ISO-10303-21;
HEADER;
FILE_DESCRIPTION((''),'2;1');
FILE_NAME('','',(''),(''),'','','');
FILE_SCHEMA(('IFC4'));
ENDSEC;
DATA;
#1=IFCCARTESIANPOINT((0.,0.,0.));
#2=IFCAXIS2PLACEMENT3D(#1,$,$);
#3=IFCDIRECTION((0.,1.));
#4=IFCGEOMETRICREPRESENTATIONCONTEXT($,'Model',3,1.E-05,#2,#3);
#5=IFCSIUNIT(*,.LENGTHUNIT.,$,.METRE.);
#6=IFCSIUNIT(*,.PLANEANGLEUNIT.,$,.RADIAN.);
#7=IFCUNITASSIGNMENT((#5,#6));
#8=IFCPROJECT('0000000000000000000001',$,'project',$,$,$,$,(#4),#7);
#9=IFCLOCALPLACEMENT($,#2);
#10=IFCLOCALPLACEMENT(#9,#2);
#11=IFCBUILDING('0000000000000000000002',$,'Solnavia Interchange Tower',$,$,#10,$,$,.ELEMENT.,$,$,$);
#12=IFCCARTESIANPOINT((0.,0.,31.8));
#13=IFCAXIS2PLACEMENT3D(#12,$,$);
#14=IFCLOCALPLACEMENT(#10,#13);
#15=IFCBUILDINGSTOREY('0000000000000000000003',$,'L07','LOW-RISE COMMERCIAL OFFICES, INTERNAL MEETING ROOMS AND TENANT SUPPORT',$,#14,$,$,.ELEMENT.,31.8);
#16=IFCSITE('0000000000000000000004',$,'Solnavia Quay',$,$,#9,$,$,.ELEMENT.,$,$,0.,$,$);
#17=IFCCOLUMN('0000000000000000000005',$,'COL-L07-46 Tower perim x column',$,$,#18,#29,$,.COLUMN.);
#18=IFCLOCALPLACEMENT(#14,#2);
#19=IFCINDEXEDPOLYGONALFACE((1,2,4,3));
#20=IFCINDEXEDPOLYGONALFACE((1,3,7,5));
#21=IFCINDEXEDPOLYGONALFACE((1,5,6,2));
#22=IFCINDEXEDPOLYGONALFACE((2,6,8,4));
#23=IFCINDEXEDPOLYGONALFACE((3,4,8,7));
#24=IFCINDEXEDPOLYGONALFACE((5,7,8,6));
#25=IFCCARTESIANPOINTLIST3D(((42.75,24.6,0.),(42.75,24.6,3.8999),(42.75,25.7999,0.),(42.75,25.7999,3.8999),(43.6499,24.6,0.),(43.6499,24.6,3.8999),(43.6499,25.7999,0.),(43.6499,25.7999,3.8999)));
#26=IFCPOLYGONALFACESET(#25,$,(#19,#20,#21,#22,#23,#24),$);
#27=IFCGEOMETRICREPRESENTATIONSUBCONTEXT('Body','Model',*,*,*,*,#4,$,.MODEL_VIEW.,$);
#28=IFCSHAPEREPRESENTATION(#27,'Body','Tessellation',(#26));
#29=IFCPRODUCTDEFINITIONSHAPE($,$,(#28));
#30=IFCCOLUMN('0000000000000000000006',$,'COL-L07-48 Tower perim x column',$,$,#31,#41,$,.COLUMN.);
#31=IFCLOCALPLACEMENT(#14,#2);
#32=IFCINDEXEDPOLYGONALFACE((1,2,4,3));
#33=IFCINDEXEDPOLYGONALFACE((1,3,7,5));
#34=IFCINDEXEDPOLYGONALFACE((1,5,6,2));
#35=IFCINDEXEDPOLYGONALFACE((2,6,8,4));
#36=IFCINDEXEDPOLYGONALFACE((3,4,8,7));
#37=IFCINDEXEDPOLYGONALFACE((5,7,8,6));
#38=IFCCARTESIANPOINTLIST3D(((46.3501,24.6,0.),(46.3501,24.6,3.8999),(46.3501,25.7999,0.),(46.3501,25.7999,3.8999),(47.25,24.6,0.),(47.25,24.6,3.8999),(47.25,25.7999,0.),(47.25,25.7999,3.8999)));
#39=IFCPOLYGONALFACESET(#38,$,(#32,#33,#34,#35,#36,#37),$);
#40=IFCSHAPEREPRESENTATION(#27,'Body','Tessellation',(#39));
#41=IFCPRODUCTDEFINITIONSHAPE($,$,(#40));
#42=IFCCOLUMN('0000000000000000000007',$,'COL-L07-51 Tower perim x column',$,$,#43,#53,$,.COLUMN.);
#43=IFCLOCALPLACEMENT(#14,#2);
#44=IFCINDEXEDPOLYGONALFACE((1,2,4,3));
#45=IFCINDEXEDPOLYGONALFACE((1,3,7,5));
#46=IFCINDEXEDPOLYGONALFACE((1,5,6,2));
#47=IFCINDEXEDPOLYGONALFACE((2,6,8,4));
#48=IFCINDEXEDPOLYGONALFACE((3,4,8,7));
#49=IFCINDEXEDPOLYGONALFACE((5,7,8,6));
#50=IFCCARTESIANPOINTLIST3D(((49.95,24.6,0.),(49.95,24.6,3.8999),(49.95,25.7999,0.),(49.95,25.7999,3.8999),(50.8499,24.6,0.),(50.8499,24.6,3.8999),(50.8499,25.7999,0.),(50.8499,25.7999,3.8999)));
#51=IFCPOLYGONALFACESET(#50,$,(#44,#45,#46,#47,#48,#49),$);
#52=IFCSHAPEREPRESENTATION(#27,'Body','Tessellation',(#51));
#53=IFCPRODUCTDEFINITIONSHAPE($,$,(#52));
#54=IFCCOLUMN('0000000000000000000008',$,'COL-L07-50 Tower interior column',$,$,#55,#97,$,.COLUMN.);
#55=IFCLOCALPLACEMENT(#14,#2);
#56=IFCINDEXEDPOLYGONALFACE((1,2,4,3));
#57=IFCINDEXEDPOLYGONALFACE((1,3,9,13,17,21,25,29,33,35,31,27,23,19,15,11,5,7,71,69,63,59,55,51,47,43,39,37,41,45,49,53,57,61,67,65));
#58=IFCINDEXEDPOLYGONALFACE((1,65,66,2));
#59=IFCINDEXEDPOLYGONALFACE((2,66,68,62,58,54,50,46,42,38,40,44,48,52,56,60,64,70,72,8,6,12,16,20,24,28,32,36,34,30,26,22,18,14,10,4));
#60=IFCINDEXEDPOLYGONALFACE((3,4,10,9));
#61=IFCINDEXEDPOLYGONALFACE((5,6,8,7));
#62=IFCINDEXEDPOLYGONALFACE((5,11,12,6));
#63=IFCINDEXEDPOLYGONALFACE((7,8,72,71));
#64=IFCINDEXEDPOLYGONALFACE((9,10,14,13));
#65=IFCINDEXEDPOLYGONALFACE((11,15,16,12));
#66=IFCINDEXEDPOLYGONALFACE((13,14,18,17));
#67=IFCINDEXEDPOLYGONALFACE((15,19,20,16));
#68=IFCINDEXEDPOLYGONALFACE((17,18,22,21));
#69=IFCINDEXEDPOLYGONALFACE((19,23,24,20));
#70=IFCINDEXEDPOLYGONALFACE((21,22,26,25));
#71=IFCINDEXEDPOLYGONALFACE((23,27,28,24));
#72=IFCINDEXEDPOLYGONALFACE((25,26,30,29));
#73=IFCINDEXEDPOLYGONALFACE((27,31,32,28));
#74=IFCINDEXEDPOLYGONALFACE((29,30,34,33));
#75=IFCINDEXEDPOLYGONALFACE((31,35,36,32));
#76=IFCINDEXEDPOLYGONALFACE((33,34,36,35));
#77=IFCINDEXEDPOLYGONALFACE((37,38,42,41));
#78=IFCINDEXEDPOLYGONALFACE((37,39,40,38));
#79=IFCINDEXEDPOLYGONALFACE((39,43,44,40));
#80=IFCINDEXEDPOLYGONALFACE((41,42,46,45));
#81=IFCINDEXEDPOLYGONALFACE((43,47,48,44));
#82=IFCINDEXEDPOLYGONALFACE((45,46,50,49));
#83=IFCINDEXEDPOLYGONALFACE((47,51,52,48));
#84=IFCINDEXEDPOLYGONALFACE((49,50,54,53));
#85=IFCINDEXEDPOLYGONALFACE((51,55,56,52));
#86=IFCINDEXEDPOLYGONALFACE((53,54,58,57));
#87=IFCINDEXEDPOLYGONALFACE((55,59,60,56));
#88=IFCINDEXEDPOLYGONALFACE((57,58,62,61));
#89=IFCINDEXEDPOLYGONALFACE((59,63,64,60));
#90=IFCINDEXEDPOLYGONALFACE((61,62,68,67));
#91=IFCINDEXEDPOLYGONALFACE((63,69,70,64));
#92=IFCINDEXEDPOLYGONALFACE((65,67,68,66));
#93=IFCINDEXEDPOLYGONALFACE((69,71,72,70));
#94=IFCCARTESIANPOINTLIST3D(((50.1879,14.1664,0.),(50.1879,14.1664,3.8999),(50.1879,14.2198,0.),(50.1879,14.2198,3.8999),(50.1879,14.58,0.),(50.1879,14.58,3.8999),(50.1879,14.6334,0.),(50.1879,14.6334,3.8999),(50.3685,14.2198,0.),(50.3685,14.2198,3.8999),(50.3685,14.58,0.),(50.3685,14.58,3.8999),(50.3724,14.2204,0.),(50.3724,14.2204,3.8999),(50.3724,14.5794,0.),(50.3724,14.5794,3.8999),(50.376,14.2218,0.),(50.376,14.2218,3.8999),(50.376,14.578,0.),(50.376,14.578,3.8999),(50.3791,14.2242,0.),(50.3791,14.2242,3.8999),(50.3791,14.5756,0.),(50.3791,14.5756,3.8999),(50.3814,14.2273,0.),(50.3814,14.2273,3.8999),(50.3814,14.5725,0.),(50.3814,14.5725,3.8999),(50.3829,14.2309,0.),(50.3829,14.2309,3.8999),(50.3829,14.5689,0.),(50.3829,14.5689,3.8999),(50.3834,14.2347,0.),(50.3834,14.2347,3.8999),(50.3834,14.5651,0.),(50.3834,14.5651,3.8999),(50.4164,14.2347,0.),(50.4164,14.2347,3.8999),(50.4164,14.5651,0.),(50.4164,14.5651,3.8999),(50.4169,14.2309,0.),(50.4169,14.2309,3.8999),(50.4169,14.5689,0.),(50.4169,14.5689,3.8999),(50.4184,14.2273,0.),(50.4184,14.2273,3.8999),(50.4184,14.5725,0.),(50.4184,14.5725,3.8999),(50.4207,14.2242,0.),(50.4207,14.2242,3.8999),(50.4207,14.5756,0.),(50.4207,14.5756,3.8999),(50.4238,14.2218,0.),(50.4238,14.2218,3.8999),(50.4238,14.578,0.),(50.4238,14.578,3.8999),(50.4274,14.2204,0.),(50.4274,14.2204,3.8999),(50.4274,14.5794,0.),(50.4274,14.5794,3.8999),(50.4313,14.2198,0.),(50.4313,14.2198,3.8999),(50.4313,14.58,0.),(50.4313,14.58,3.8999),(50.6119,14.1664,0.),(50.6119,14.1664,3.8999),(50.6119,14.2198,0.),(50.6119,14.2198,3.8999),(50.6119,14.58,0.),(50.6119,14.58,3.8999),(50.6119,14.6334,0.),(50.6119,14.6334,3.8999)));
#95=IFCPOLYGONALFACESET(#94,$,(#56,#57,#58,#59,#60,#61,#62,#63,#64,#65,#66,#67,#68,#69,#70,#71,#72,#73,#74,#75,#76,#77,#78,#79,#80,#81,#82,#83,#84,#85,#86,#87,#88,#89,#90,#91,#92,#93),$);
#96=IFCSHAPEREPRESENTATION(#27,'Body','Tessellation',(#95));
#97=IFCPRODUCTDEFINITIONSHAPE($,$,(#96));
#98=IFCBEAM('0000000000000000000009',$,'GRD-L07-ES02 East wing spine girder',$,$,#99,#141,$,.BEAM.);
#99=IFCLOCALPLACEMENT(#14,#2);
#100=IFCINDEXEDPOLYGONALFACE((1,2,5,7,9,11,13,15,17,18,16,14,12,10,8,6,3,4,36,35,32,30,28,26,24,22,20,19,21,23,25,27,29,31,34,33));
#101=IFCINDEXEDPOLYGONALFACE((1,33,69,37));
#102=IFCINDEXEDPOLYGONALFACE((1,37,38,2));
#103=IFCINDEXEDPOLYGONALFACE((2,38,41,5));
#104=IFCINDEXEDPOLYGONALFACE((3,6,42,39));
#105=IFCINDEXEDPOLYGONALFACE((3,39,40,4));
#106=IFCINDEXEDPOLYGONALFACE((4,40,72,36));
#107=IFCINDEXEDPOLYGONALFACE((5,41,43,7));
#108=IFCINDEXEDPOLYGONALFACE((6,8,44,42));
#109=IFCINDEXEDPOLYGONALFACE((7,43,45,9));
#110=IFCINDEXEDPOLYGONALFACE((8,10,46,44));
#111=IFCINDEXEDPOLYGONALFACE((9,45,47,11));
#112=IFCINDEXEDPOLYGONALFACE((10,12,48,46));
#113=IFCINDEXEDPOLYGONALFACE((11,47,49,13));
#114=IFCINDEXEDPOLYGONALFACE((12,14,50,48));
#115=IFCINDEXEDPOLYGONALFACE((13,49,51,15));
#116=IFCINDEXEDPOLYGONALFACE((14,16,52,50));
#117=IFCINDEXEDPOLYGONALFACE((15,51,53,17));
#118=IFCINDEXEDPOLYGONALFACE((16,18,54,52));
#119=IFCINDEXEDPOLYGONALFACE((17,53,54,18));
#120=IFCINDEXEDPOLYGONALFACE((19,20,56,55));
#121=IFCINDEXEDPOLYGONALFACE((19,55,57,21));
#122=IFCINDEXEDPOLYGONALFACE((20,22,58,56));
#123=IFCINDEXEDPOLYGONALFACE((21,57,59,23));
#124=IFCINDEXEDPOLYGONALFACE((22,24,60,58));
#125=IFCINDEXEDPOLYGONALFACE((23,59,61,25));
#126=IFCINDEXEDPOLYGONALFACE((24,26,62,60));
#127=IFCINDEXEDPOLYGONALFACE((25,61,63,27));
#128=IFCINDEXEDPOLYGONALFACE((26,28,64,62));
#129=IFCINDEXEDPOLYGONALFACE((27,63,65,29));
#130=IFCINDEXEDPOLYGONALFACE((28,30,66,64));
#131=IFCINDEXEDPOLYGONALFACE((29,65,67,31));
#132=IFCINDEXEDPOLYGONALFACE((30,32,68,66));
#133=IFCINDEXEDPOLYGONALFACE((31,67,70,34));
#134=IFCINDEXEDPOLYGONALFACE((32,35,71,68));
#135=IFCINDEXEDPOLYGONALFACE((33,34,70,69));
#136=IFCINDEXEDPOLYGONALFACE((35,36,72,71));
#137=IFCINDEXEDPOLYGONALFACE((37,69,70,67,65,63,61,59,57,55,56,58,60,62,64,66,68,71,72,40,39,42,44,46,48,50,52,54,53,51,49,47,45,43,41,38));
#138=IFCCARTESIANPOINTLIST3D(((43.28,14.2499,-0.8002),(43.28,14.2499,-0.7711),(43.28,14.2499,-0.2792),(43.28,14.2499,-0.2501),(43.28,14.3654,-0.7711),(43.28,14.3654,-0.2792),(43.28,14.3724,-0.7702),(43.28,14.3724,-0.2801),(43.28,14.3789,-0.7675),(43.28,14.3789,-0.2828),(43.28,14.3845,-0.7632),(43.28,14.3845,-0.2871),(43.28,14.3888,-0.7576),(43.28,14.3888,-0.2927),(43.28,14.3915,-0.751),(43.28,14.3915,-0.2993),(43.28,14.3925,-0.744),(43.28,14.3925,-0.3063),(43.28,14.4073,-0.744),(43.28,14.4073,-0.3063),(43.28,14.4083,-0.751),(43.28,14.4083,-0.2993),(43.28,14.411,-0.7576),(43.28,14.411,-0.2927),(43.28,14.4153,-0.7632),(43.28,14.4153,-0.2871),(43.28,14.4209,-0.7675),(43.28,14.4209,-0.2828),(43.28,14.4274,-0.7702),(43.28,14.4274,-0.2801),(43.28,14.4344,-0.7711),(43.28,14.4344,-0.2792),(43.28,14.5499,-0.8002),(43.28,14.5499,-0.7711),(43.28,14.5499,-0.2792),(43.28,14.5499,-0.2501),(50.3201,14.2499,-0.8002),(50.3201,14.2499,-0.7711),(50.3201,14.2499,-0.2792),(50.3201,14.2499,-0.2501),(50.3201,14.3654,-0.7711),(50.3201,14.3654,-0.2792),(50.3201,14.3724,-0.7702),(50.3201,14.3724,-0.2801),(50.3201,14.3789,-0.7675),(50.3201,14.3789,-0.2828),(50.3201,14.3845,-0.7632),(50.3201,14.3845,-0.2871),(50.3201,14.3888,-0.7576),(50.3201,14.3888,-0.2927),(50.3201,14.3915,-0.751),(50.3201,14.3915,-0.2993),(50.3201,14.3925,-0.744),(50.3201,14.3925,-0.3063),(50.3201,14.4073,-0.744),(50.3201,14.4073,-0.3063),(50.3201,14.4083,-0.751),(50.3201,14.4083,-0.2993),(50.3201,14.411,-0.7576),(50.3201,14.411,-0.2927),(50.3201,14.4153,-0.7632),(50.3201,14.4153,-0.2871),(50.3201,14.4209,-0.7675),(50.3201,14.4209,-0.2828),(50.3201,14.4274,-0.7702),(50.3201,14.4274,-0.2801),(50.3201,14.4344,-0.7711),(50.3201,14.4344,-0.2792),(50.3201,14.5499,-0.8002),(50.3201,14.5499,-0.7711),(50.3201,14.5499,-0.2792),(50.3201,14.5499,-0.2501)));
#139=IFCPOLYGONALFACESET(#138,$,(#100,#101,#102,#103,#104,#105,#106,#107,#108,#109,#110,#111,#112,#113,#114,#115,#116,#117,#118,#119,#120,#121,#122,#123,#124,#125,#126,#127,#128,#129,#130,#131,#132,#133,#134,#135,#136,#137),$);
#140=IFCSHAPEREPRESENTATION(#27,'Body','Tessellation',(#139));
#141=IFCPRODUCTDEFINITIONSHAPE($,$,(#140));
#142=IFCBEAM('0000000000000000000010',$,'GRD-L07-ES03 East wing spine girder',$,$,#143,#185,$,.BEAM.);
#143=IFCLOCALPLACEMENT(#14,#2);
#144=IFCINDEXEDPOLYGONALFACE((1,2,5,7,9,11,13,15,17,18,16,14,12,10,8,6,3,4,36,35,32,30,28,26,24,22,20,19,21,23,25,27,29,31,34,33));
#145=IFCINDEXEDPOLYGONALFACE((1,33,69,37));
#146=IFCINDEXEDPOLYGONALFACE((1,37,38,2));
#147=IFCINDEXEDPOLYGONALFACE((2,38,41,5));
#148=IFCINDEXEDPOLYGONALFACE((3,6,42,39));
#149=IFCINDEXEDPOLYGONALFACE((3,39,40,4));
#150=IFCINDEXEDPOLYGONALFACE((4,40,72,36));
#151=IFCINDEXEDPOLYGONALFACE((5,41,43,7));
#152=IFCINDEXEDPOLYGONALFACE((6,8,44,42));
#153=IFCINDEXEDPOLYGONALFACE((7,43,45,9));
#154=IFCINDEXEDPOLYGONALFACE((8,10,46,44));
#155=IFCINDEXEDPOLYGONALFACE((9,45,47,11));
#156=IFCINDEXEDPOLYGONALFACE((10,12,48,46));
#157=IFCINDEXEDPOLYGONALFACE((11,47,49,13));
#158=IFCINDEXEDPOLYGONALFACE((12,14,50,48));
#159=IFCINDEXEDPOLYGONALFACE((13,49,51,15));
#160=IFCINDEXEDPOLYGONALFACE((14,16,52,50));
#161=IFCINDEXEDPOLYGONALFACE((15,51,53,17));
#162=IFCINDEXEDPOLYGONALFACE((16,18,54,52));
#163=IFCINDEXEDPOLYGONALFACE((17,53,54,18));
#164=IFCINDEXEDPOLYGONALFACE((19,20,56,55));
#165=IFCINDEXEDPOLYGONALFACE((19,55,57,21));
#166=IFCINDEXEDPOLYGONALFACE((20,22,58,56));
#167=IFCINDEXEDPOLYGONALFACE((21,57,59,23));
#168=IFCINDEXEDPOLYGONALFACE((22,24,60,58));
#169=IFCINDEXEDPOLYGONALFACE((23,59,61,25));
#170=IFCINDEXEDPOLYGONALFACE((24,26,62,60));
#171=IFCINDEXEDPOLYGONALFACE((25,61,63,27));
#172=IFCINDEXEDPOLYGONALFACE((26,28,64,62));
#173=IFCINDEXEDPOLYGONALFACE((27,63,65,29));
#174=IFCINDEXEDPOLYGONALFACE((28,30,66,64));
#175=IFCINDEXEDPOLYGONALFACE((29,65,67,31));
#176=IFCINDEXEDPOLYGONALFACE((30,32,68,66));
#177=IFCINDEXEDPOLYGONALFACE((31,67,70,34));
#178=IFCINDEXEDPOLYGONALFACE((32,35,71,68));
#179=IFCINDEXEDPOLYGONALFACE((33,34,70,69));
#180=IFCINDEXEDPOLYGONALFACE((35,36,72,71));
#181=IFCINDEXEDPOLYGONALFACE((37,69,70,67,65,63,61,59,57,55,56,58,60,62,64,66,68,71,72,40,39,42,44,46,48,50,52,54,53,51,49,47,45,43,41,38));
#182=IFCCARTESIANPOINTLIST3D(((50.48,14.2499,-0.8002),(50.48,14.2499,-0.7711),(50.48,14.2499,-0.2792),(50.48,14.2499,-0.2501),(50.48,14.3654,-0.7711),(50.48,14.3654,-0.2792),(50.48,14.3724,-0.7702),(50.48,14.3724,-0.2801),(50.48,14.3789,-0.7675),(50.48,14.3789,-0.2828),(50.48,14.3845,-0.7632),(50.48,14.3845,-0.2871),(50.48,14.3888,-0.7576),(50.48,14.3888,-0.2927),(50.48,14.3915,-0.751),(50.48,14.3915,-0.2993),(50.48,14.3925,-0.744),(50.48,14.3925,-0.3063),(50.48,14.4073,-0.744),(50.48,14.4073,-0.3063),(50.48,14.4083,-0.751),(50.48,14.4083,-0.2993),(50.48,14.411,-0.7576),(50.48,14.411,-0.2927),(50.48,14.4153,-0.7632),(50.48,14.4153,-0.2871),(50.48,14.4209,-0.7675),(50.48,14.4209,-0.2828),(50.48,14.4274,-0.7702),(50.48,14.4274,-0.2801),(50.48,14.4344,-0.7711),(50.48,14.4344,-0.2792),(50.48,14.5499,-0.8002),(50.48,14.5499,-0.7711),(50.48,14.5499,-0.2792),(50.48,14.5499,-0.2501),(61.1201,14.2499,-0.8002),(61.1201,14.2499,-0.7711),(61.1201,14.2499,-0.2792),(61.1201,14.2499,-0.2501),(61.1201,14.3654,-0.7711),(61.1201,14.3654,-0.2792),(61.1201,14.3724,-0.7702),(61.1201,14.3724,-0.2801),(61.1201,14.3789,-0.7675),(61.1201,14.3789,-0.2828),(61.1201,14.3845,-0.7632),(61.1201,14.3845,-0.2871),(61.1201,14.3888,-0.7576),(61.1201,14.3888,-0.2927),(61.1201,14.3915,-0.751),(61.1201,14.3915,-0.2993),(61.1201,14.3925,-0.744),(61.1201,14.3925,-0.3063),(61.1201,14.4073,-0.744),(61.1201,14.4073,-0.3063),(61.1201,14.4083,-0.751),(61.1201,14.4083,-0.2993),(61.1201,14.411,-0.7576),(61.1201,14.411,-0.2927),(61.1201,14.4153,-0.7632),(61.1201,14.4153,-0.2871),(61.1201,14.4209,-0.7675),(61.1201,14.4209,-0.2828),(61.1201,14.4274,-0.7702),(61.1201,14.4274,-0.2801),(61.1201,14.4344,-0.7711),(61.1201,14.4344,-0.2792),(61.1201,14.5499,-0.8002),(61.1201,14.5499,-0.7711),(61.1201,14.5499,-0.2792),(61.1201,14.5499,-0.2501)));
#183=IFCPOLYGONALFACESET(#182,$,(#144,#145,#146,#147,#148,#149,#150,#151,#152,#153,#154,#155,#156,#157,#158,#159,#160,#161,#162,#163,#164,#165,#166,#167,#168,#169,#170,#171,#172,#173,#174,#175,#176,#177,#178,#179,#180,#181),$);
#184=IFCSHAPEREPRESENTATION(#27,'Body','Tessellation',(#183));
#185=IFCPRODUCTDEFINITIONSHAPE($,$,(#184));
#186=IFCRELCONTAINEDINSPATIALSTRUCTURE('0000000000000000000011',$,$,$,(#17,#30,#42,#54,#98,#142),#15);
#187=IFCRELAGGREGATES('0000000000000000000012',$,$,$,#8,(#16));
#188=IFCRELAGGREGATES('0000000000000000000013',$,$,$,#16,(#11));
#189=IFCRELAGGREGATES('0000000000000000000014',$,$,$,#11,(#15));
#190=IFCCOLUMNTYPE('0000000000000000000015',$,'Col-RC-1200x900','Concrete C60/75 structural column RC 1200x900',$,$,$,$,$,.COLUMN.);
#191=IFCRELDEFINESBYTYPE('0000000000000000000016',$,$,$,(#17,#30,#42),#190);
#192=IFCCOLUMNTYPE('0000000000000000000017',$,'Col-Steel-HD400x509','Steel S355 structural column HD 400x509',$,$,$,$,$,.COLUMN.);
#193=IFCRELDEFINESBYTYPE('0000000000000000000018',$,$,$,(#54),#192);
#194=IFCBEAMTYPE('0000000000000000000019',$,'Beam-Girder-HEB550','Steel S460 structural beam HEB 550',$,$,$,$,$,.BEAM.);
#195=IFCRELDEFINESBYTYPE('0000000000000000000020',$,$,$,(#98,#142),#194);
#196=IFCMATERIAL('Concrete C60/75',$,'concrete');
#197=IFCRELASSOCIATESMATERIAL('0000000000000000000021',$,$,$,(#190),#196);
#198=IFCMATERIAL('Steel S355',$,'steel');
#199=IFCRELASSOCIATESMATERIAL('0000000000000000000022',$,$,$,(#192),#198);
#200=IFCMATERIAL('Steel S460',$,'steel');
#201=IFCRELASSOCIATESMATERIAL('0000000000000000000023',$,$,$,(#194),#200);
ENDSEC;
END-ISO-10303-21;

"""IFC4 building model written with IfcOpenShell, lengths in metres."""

from ifc_helpers import new_model, si_unit, direction, frame, origin, origin_2d, place, context, subcontext, project, spatial, rectangle, i_section, extrude, material, material_profile, profile_set, type_object, element, save


model = new_model("IFC4")

# Units and contexts
model_context = context("Model", 3, precision=1e-05, world=origin(), true_north=direction((0.0, 1.0)))
body_context = subcontext(model_context, "Body", "Model", "MODEL_VIEW")
ifc_project = project(units=[si_unit("LENGTHUNIT", "METRE"), si_unit("PLANEANGLEUNIT", "RADIAN")], contexts=[model_context])

# Site, building, storey
site_placement = place(None, origin())
site = spatial("IfcSite", under=ifc_project, at=site_placement, Name="Solnavia Quay", CompositionType="ELEMENT", RefElevation=0.0)
building_placement = place(site_placement, origin())
building = spatial("IfcBuilding", under=site, at=building_placement, Name="Solnavia Interchange Tower", CompositionType="ELEMENT")
storey_placement = place(building_placement, frame((0.0, 0.0, 31.8)))
storey = spatial("IfcBuildingStorey", under=building, at=storey_placement, Name="L07", Description="LOW-RISE COMMERCIAL OFFICES, INTERNAL MEETING ROOMS AND TENANT SUPPORT", CompositionType="ELEMENT", Elevation=31.8)

# Columns
ifc_material_1 = material(Name="Concrete C60/75", Category="concrete")
ifc_material_profile_1 = material_profile(ifc_material_1, rectangle(XDim=0.8999, YDim=1.2, at=origin_2d()), Name="RC 1200x900")
ifc_profile_set_1 = profile_set([ifc_material_profile_1], Name="Concrete C60/75")
column_type_1 = type_object("IfcColumnType", Name="Col-RC-1200x900", Description="Concrete C60/75 structural column RC 1200x900", PredefinedType="COLUMN", material=ifc_profile_set_1)
for number, where, z_axis, x_axis, name in (
    (1, (43.2, 25.2, 0.0), (0.0, 0.0, 1.0), (1.0, 0.0, 0.0), "COL-L07-46 Tower perim x column"),
    (2, (46.8, 25.2, 0.0), (0.0, 0.0, 1.0), (1.0, 0.0, 0.0), "COL-L07-48 Tower perim x column"),
    (3, (50.3999, 25.2, 0.0), (0.0, 0.0, 1.0), (1.0, 0.0, 0.0), "COL-L07-51 Tower perim x column"),
):
    element("IfcColumn", number, at=place(storey_placement, frame(where, z_axis=z_axis, x_axis=x_axis)), inside=storey, type_object=column_type_1, Name=name, PredefinedType="COLUMN", context=body_context, shape_type="SweptSolid", body=[
        extrude(rectangle(XDim=0.8999, YDim=1.2, at=origin_2d()), origin(), (0.0, 0.0, 1.0), 3.8999),
    ])
ifc_material_2 = material(Name="Steel S355", Category="steel")
ifc_material_profile_2 = material_profile(ifc_material_2, i_section(OverallWidth=0.4241, OverallDepth=0.467, WebThickness=0.033, FlangeThickness=0.0535, FilletRadius=0.0149, at=origin_2d()), Name="HD 400x509")
ifc_profile_set_2 = profile_set([ifc_material_profile_2], Name="Steel S355")
column_type_2 = type_object("IfcColumnType", Name="Col-Steel-HD400x509", Description="Steel S355 structural column HD 400x509", PredefinedType="COLUMN", material=ifc_profile_set_2)
column_placement = place(storey_placement, frame((50.3999, 14.3999, 0.0), z_axis=(0.0, 0.0, 1.0), x_axis=(1.0, 0.0, 0.0)))
element("IfcColumn", 4, at=column_placement, inside=storey, type_object=column_type_2, Name="COL-L07-50 Tower interior column", PredefinedType="COLUMN", context=body_context, shape_type="SweptSolid", body=[
    extrude(i_section(OverallWidth=0.4241, OverallDepth=0.467, WebThickness=0.033, FlangeThickness=0.0535, FilletRadius=0.0149, at=origin_2d()), origin(), (0.0, 0.0, 1.0), 3.8999),
])

# Beams
ifc_material_3 = material(Name="Steel S460", Category="steel")
ifc_material_profile_3 = material_profile(ifc_material_3, i_section(OverallWidth=0.3, OverallDepth=0.55, WebThickness=0.0149, FlangeThickness=0.0291, FilletRadius=0.0271, at=origin_2d()), Name="HEB 550")
ifc_profile_set_3 = profile_set([ifc_material_profile_3], Name="Steel S460")
beam_type_1 = type_object("IfcBeamType", Name="Beam-Girder-HEB550", Description="Steel S460 structural beam HEB 550", PredefinedType="BEAM", material=ifc_profile_set_3)
beam_1_placement = place(storey_placement, frame((43.28, 14.3999, -0.5251), z_axis=(1.0, 0.0, 0.0), x_axis=(0.0, 1.0, 0.0)))
element("IfcBeam", 5, at=beam_1_placement, inside=storey, type_object=beam_type_1, Name="GRD-L07-ES02 East wing spine girder", PredefinedType="BEAM", context=body_context, shape_type="SweptSolid", body=[
    extrude(i_section(OverallWidth=0.3, OverallDepth=0.55, WebThickness=0.0149, FlangeThickness=0.0291, FilletRadius=0.0271, at=origin_2d()), origin(), (0.0, 0.0, 1.0), 7.04),
])
beam_2_placement = place(storey_placement, frame((50.48, 14.3999, -0.5251), z_axis=(1.0, 0.0, 0.0), x_axis=(0.0, 1.0, 0.0)))
element("IfcBeam", 6, at=beam_2_placement, inside=storey, type_object=beam_type_1, Name="GRD-L07-ES03 East wing spine girder", PredefinedType="BEAM", context=body_context, shape_type="SweptSolid", body=[
    extrude(i_section(OverallWidth=0.3, OverallDepth=0.55, WebThickness=0.0149, FlangeThickness=0.0291, FilletRadius=0.0271, at=origin_2d()), origin(), (0.0, 0.0, 1.0), 10.6401),
])

save(model, "model.ifc")
